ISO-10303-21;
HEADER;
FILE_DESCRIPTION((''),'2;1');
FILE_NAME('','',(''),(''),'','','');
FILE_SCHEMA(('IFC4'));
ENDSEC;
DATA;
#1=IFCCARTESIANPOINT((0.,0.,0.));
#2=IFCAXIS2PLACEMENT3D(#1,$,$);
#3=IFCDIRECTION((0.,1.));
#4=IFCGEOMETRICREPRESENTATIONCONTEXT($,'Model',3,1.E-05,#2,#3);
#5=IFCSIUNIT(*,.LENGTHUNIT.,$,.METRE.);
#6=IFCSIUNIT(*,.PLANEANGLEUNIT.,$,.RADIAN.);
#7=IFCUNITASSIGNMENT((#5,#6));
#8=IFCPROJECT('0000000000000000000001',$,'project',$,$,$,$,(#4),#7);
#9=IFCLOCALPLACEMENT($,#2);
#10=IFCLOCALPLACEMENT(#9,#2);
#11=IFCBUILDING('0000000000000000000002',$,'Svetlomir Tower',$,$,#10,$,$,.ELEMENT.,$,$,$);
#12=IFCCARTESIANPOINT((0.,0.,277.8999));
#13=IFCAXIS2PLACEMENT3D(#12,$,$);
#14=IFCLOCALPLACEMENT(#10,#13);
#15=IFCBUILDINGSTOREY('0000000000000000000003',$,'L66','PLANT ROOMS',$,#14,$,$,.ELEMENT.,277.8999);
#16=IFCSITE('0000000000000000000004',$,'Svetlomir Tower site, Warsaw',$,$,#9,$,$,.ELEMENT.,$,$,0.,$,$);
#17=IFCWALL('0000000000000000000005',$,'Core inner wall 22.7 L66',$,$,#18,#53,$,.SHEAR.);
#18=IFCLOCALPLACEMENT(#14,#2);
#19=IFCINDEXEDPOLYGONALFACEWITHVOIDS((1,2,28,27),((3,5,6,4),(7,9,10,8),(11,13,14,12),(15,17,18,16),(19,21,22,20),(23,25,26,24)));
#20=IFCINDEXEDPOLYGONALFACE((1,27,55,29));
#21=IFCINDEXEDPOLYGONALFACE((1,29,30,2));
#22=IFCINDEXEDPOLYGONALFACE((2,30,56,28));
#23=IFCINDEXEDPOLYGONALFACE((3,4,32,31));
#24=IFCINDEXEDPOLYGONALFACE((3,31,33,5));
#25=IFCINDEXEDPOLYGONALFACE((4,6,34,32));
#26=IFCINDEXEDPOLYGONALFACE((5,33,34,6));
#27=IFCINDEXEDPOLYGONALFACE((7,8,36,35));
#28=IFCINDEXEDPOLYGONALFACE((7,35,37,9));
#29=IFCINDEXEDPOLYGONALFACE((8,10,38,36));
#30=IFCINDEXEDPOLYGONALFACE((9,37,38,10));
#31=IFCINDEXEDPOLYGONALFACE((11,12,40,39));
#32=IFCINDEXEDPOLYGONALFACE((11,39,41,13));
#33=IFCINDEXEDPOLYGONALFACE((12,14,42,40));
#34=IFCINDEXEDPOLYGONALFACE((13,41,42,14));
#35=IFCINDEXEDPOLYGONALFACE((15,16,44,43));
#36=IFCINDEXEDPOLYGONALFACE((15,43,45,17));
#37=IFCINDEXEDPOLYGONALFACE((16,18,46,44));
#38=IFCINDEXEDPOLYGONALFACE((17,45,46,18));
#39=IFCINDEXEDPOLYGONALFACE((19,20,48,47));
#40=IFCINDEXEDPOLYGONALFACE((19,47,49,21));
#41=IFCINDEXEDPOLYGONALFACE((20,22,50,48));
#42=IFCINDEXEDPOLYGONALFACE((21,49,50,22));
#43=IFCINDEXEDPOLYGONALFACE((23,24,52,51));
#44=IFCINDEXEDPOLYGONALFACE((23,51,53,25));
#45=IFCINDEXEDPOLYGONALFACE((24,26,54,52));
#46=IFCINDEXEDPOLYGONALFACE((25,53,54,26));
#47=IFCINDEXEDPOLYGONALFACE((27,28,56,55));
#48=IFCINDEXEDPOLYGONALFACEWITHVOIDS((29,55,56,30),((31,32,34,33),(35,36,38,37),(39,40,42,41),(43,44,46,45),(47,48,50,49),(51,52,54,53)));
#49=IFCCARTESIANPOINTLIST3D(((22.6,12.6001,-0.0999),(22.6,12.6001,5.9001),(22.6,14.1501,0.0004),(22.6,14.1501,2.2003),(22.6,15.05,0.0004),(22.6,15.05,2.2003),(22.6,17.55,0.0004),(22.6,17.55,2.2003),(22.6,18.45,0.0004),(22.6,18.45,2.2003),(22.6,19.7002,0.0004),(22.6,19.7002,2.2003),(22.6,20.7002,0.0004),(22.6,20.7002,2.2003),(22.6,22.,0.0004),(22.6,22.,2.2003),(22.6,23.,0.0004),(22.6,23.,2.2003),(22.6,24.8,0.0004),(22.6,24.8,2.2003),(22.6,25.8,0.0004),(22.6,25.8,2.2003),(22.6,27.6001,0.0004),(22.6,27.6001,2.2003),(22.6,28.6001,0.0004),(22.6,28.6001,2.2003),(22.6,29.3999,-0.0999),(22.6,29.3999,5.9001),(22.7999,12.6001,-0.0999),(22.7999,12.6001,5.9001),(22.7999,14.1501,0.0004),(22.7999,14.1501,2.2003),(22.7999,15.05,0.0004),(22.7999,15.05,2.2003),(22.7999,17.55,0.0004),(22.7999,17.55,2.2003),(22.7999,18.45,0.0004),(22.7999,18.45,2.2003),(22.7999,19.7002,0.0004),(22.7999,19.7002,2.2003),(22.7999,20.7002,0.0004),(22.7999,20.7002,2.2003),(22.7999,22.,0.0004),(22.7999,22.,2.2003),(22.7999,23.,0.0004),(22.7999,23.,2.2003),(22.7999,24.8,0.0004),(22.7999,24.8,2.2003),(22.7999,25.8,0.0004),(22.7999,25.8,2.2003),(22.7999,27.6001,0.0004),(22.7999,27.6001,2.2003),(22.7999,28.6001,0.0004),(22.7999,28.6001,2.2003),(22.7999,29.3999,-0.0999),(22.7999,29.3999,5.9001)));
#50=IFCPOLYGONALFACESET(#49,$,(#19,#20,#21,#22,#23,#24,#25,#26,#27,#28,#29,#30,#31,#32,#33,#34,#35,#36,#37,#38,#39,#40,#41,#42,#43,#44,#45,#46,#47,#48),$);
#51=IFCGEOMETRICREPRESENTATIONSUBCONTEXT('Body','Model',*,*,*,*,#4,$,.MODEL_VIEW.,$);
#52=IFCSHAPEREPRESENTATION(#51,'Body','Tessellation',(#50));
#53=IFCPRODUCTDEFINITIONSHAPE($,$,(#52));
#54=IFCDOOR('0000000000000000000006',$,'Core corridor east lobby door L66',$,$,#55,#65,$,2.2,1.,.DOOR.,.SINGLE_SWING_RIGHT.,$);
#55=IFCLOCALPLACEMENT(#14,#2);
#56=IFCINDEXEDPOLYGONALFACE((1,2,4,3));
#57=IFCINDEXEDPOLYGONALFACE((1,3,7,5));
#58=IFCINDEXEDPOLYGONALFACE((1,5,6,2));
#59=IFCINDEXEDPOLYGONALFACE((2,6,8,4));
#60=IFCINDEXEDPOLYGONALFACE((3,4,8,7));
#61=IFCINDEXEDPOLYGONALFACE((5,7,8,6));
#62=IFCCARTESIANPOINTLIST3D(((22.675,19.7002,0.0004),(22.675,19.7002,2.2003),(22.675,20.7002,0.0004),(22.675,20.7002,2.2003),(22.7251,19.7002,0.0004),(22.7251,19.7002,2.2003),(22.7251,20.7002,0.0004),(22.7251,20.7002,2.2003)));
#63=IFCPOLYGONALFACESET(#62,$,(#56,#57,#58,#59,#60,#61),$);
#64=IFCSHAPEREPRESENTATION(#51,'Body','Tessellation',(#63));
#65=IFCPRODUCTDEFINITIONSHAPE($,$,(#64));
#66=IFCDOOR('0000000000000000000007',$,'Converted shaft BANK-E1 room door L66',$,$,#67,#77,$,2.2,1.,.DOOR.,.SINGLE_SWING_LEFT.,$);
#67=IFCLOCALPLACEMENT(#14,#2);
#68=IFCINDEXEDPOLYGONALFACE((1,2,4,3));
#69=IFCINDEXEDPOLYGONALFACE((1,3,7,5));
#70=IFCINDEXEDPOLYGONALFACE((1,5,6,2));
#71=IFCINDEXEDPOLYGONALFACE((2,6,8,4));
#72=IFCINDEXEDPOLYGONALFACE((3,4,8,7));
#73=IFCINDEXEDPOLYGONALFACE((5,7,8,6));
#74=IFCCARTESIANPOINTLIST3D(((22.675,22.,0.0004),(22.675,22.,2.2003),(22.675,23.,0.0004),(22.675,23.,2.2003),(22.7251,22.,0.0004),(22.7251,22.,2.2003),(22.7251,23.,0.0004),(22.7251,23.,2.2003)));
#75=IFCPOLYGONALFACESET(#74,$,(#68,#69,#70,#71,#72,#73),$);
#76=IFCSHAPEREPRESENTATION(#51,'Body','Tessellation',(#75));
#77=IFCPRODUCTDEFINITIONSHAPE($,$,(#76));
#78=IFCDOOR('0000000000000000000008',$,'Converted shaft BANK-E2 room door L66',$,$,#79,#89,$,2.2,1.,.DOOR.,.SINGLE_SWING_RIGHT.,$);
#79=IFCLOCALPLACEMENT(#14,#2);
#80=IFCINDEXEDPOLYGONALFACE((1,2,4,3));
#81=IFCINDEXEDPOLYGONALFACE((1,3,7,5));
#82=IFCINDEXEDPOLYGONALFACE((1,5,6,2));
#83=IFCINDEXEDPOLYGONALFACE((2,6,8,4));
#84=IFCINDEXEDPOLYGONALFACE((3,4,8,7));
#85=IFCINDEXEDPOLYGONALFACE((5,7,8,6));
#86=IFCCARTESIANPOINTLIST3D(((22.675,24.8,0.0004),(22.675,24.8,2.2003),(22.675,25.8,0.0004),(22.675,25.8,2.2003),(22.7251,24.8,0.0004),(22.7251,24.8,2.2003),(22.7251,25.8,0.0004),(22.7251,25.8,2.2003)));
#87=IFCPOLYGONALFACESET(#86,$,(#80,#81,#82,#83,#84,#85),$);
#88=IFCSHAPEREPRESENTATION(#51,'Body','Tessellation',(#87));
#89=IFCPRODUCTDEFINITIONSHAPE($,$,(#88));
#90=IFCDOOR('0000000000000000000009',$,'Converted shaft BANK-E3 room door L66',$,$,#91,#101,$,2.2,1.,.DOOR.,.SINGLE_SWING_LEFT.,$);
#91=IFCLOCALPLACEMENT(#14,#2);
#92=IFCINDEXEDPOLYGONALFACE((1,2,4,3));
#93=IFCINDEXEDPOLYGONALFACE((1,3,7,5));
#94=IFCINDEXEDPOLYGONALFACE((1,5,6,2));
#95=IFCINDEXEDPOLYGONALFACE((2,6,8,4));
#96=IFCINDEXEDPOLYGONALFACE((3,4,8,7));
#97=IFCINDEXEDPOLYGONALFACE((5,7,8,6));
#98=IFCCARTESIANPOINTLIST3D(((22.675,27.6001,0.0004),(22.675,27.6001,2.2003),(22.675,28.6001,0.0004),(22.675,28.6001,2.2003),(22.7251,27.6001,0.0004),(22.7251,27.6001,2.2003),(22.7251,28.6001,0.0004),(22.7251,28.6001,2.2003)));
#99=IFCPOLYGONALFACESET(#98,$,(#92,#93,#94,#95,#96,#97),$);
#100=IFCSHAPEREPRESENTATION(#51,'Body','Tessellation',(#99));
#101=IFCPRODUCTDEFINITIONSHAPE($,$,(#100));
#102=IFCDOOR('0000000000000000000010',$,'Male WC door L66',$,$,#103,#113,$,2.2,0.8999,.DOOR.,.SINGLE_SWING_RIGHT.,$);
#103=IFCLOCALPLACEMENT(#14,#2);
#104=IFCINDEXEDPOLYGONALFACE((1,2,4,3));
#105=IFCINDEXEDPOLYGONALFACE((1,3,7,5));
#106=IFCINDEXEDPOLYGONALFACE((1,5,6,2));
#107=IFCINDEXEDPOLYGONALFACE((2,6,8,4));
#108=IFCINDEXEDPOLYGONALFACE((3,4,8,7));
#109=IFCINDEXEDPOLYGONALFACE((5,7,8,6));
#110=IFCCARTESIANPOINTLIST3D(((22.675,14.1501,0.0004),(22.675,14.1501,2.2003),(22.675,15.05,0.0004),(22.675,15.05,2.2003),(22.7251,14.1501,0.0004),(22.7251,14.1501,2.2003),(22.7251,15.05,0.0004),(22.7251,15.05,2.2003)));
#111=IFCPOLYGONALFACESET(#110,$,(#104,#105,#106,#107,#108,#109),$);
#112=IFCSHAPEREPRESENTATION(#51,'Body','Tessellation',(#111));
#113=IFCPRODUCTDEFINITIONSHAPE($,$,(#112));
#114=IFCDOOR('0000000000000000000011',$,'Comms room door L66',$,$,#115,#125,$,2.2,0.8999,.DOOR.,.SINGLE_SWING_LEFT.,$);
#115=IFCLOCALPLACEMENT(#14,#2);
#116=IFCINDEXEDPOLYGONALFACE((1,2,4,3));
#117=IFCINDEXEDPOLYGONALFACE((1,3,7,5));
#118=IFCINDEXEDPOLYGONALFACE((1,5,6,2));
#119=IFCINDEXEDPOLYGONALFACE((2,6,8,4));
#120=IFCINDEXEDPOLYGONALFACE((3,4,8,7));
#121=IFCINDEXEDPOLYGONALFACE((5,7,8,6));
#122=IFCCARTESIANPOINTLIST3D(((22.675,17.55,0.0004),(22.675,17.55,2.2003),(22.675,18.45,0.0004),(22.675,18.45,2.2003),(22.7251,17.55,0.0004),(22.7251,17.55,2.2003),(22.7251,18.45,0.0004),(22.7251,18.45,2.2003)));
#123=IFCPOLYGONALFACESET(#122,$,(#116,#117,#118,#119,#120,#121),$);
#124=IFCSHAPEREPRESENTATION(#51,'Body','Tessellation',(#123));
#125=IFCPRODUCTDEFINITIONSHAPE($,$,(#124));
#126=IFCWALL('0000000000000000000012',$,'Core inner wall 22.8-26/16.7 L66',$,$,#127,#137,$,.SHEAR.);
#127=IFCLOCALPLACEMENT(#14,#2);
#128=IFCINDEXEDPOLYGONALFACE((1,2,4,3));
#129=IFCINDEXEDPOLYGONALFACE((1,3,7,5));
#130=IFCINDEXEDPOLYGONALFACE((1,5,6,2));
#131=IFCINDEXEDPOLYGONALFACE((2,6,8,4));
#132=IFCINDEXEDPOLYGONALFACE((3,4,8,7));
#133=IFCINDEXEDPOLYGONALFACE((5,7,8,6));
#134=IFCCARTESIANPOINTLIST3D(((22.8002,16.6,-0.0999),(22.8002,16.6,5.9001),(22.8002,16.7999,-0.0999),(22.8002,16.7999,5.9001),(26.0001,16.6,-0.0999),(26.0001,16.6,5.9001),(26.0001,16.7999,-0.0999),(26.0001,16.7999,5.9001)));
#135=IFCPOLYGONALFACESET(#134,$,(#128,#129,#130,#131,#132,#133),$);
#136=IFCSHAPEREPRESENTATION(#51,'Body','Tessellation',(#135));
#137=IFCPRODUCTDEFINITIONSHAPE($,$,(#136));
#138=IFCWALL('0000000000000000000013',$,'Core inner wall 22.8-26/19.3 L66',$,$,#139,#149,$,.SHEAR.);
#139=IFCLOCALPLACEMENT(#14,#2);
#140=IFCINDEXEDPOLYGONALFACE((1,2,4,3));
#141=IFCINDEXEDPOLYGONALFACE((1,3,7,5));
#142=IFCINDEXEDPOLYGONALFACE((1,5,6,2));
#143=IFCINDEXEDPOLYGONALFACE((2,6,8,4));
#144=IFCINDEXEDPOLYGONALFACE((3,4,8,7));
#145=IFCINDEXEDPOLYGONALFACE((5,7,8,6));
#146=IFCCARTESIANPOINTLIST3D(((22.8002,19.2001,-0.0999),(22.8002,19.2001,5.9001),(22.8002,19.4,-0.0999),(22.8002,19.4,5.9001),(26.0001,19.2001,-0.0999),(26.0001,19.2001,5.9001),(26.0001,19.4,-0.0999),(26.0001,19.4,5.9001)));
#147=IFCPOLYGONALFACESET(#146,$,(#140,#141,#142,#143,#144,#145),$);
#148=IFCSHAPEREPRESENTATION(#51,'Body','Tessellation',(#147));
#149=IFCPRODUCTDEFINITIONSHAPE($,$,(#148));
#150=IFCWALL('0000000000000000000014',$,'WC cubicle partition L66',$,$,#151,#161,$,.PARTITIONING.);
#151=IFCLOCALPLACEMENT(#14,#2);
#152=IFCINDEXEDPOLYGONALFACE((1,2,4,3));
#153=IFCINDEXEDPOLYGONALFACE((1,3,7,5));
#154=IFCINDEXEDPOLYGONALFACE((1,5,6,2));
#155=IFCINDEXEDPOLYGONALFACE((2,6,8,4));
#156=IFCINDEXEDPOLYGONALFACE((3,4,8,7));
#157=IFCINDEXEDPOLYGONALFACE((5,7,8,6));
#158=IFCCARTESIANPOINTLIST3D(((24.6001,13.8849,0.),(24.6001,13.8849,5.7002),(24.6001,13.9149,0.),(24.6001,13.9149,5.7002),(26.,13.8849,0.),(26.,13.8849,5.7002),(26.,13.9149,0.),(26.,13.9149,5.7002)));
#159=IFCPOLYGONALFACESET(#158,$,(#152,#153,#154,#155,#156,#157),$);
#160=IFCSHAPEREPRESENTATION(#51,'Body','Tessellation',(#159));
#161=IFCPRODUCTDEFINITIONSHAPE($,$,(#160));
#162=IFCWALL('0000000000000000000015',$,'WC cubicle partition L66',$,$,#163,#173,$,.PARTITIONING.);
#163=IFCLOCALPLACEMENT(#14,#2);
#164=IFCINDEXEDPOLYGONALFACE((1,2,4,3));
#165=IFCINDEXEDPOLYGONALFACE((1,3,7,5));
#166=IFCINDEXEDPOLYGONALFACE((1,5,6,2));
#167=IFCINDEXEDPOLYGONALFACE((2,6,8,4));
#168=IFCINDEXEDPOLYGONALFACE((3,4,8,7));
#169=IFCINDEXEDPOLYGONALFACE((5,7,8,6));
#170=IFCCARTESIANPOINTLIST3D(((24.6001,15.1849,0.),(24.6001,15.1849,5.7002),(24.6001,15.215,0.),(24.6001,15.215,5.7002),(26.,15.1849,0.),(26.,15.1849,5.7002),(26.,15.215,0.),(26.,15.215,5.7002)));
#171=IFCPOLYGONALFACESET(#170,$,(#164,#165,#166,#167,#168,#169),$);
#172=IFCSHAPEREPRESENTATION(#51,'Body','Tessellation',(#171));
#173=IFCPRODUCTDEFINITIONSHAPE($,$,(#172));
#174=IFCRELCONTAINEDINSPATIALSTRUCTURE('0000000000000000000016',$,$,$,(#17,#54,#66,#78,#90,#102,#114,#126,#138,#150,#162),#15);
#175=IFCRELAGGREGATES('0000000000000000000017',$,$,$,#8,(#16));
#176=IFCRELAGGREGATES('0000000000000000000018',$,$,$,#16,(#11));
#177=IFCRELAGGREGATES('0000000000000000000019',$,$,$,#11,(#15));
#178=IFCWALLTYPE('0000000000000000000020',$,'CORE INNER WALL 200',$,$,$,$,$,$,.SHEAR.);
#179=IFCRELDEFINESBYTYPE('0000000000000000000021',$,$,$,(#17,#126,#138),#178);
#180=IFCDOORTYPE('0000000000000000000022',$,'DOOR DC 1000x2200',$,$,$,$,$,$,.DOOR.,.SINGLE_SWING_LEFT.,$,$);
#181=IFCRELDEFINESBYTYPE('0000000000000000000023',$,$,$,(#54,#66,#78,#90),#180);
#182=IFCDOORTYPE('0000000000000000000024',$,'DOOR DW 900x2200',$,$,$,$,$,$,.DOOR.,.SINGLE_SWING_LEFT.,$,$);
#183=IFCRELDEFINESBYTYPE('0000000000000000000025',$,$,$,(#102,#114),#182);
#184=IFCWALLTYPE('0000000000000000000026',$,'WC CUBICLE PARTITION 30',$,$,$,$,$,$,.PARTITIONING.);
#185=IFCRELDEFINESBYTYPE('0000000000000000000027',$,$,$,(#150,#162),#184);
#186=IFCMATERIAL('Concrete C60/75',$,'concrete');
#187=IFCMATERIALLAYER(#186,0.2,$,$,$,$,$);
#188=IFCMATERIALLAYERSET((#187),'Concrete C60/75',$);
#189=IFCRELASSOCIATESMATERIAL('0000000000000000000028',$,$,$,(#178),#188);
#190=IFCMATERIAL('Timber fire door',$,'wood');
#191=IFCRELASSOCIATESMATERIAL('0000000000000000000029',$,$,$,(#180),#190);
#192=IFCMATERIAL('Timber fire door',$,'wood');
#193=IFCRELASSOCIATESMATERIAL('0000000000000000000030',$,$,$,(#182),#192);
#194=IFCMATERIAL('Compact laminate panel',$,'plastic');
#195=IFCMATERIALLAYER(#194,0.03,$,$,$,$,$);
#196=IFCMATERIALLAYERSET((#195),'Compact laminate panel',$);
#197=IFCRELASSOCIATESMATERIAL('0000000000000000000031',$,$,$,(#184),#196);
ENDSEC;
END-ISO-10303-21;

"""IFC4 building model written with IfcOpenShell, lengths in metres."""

from ifc_helpers import new_model, si_unit, direction, frame, frame_2d, origin, place, context, subcontext, project, spatial, rectangle, extrude, material, layer, layer_set, type_object, element, fill, save


model = new_model("IFC4")

# Units and contexts
model_context = context("Model", 3, precision=1e-05, world=origin(), true_north=direction((0.0, 1.0)))
body_context = subcontext(model_context, "Body", "Model", "MODEL_VIEW")
ifc_project = project(units=[si_unit("LENGTHUNIT", "METRE"), si_unit("PLANEANGLEUNIT", "RADIAN")], contexts=[model_context])

# Site, building, storey
site_placement = place(None, origin())
site = spatial("IfcSite", under=ifc_project, at=site_placement, Name="Svetlomir Tower site, Warsaw", CompositionType="ELEMENT", RefElevation=0.0)
building_placement = place(site_placement, origin())
building = spatial("IfcBuilding", under=site, at=building_placement, Name="Svetlomir Tower", CompositionType="ELEMENT")
storey_placement = place(building_placement, frame((0.0, 0.0, 277.8999)))
storey = spatial("IfcBuildingStorey", under=building, at=storey_placement, Name="L66", Description="PLANT ROOMS", CompositionType="ELEMENT", Elevation=277.8999)

# Wall, openings, doors
ifc_material_1 = material(Name="Concrete C60/75", Category="concrete")
ifc_layer_1 = layer(ifc_material_1, 0.2)
ifc_layer_set_1 = layer_set([ifc_layer_1], Name="Concrete C60/75")
wall_type_1 = type_object("IfcWallType", Name="CORE INNER WALL 200", PredefinedType="SHEAR", material=ifc_layer_set_1)
ifc_material_2 = material(Name="Timber fire door", Category="wood")
door_type_1 = type_object("IfcDoorType", Name="DOOR DC 1000x2200", OperationType="SINGLE_SWING_LEFT", PredefinedType="DOOR", material=ifc_material_2)
ifc_material_3 = material(Name="Timber fire door", Category="wood")
door_type_2 = type_object("IfcDoorType", Name="DOOR DW 900x2200", OperationType="SINGLE_SWING_LEFT", PredefinedType="DOOR", material=ifc_material_3)
wall_1_placement = place(storey_placement, frame((22.7, 12.6001, -0.0999), z_axis=(0.0, 0.0, 1.0), x_axis=(0.0, 1.0, 0.0)))
wall_1 = element("IfcWall", 1, at=wall_1_placement, inside=storey, type_object=wall_type_1, Name="Core inner wall 22.7 L66", PredefinedType="SHEAR", context=body_context, shape_type="SweptSolid", body=[
    extrude(rectangle(XDim=16.7998, YDim=0.2, at=frame_2d((8.3999, 0.0))), origin(), (0.0, 0.0, 1.0), 6.0),
])
opening_1_placement = place(wall_1_placement, frame((7.1001, 0.0, 0.1001)))
opening_1 = element("IfcOpeningElement", 2, at=opening_1_placement, cuts=wall_1, PredefinedType="OPENING", context=body_context, shape_type="SweptSolid", body=[
    extrude(rectangle(XDim=1.0, YDim=2.2, at=frame_2d((0.5, 1.1001))), frame((0.0, 0.1099, 0.0), z_axis=(0.0, -1.0, 0.0), x_axis=(1.0, 0.0, 0.0)), (0.0, 0.0, 1.0), 0.22),
])
opening_2_placement = place(wall_1_placement, frame((1.55, 0.0, 0.1001)))
opening_2 = element("IfcOpeningElement", 3, at=opening_2_placement, cuts=wall_1, PredefinedType="OPENING", context=body_context, shape_type="SweptSolid", body=[
    extrude(rectangle(XDim=0.8999, YDim=2.2, at=frame_2d((0.45, 1.1001))), frame((0.0, 0.1099, 0.0), z_axis=(0.0, -1.0, 0.0), x_axis=(1.0, 0.0, 0.0)), (0.0, 0.0, 1.0), 0.22),
])
opening_3_placement = place(wall_1_placement, frame((4.95, 0.0, 0.1001)))
opening_3 = element("IfcOpeningElement", 4, at=opening_3_placement, cuts=wall_1, PredefinedType="OPENING", context=body_context, shape_type="SweptSolid", body=[
    extrude(rectangle(XDim=0.8999, YDim=2.2, at=frame_2d((0.45, 1.1001))), frame((0.0, 0.1099, 0.0), z_axis=(0.0, -1.0, 0.0), x_axis=(1.0, 0.0, 0.0)), (0.0, 0.0, 1.0), 0.22),
])
opening_4_placement = place(wall_1_placement, frame((9.3999, 0.0, 0.1001)))
opening_4 = element("IfcOpeningElement", 5, at=opening_4_placement, cuts=wall_1, PredefinedType="OPENING", context=body_context, shape_type="SweptSolid", body=[
    extrude(rectangle(XDim=1.0, YDim=2.2, at=frame_2d((0.5, 1.1001))), frame((0.0, 0.1099, 0.0), z_axis=(0.0, -1.0, 0.0), x_axis=(1.0, 0.0, 0.0)), (0.0, 0.0, 1.0), 0.22),
])
opening_5_placement = place(wall_1_placement, frame((12.2, 0.0, 0.1001)))
opening_5 = element("IfcOpeningElement", 6, at=opening_5_placement, cuts=wall_1, PredefinedType="OPENING", context=body_context, shape_type="SweptSolid", body=[
    extrude(rectangle(XDim=1.0, YDim=2.2, at=frame_2d((0.5, 1.1001))), frame((0.0, 0.1099, 0.0), z_axis=(0.0, -1.0, 0.0), x_axis=(1.0, 0.0, 0.0)), (0.0, 0.0, 1.0), 0.22),
])
opening_6_placement = place(wall_1_placement, frame((15.0, 0.0, 0.1001)))
opening_6 = element("IfcOpeningElement", 7, at=opening_6_placement, cuts=wall_1, PredefinedType="OPENING", context=body_context, shape_type="SweptSolid", body=[
    extrude(rectangle(XDim=1.0, YDim=2.2, at=frame_2d((0.5, 1.1001))), frame((0.0, 0.1099, 0.0), z_axis=(0.0, -1.0, 0.0), x_axis=(1.0, 0.0, 0.0)), (0.0, 0.0, 1.0), 0.22),
])
door_1_placement = place(opening_1_placement, origin())
door_1 = element("IfcDoor", 8, at=door_1_placement, inside=storey, type_object=door_type_1, Name="Core corridor east lobby door L66", OperationType="SINGLE_SWING_RIGHT", OverallHeight=2.2, OverallWidth=1.0, PredefinedType="DOOR", context=body_context, shape_type="SweptSolid", body=[
    extrude(rectangle(XDim=1.0, YDim=2.2, at=frame_2d((0.5, 1.1001))), frame((0.0, 0.0249, 0.0), z_axis=(0.0, -1.0, 0.0), x_axis=(1.0, 0.0, 0.0)), (0.0, 0.0, 1.0), 0.05),
])
fill(opening_1, door_1)
door_2_placement = place(opening_4_placement, origin())
door_2 = element("IfcDoor", 9, at=door_2_placement, inside=storey, type_object=door_type_1, Name="Converted shaft BANK-E1 room door L66", OperationType="SINGLE_SWING_LEFT", OverallHeight=2.2, OverallWidth=1.0, PredefinedType="DOOR", context=body_context, shape_type="SweptSolid", body=[
    extrude(rectangle(XDim=1.0, YDim=2.2, at=frame_2d((0.5, 1.1001))), frame((0.0, 0.0249, 0.0), z_axis=(0.0, -1.0, 0.0), x_axis=(1.0, 0.0, 0.0)), (0.0, 0.0, 1.0), 0.05),
])
fill(opening_4, door_2)
door_3_placement = place(opening_5_placement, origin())
door_3 = element("IfcDoor", 10, at=door_3_placement, inside=storey, type_object=door_type_1, Name="Converted shaft BANK-E2 room door L66", OperationType="SINGLE_SWING_RIGHT", OverallHeight=2.2, OverallWidth=1.0, PredefinedType="DOOR", context=body_context, shape_type="SweptSolid", body=[
    extrude(rectangle(XDim=1.0, YDim=2.2, at=frame_2d((0.5, 1.1001))), frame((0.0, 0.0249, 0.0), z_axis=(0.0, -1.0, 0.0), x_axis=(1.0, 0.0, 0.0)), (0.0, 0.0, 1.0), 0.05),
])
fill(opening_5, door_3)
door_4_placement = place(opening_6_placement, origin())
door_4 = element("IfcDoor", 11, at=door_4_placement, inside=storey, type_object=door_type_1, Name="Converted shaft BANK-E3 room door L66", OperationType="SINGLE_SWING_LEFT", OverallHeight=2.2, OverallWidth=1.0, PredefinedType="DOOR", context=body_context, shape_type="SweptSolid", body=[
    extrude(rectangle(XDim=1.0, YDim=2.2, at=frame_2d((0.5, 1.1001))), frame((0.0, 0.0249, 0.0), z_axis=(0.0, -1.0, 0.0), x_axis=(1.0, 0.0, 0.0)), (0.0, 0.0, 1.0), 0.05),
])
fill(opening_6, door_4)
door_5_placement = place(opening_2_placement, origin())
door_5 = element("IfcDoor", 12, at=door_5_placement, inside=storey, type_object=door_type_2, Name="Male WC door L66", OperationType="SINGLE_SWING_RIGHT", OverallHeight=2.2, OverallWidth=0.8999, PredefinedType="DOOR", context=body_context, shape_type="SweptSolid", body=[
    extrude(rectangle(XDim=0.8999, YDim=2.2, at=frame_2d((0.45, 1.1001))), frame((0.0, 0.0249, 0.0), z_axis=(0.0, -1.0, 0.0), x_axis=(1.0, 0.0, 0.0)), (0.0, 0.0, 1.0), 0.05),
])
fill(opening_2, door_5)
door_6_placement = place(opening_3_placement, origin())
door_6 = element("IfcDoor", 13, at=door_6_placement, inside=storey, type_object=door_type_2, Name="Comms room door L66", OperationType="SINGLE_SWING_LEFT", OverallHeight=2.2, OverallWidth=0.8999, PredefinedType="DOOR", context=body_context, shape_type="SweptSolid", body=[
    extrude(rectangle(XDim=0.8999, YDim=2.2, at=frame_2d((0.45, 1.1001))), frame((0.0, 0.0249, 0.0), z_axis=(0.0, -1.0, 0.0), x_axis=(1.0, 0.0, 0.0)), (0.0, 0.0, 1.0), 0.05),
])
fill(opening_3, door_6)

# Walls
for number, where, z_axis, x_axis, name in (
    (14, (22.8, 16.7, -0.0999), (0.0, 0.0, 1.0), (1.0, 0.0, 0.0), "Core inner wall 22.8-26/16.7 L66"),
    (15, (22.8, 19.3, -0.0999), (0.0, 0.0, 1.0), (1.0, 0.0, 0.0), "Core inner wall 22.8-26/19.3 L66"),
):
    element("IfcWall", number, at=place(storey_placement, frame(where, z_axis=z_axis, x_axis=x_axis)), inside=storey, type_object=wall_type_1, Name=name, PredefinedType="SHEAR", context=body_context, shape_type="SweptSolid", body=[
        extrude(rectangle(XDim=3.2, YDim=0.2, at=frame_2d((1.6001, 0.0))), origin(), (0.0, 0.0, 1.0), 6.0),
    ])
ifc_material_4 = material(Name="Compact laminate panel", Category="plastic")
ifc_layer_2 = layer(ifc_material_4, 0.03)
ifc_layer_set_2 = layer_set([ifc_layer_2], Name="Compact laminate panel")
wall_type_2 = type_object("IfcWallType", Name="WC CUBICLE PARTITION 30", PredefinedType="PARTITIONING", material=ifc_layer_set_2)
for number, where, z_axis, x_axis, name in (
    (16, (24.6001, 13.8999, 0.0), (0.0, 0.0, 1.0), (1.0, 0.0, 0.0), "WC cubicle partition L66"),
    (17, (24.6001, 15.2, 0.0), (0.0, 0.0, 1.0), (1.0, 0.0, 0.0), "WC cubicle partition L66"),
):
    element("IfcWall", number, at=place(storey_placement, frame(where, z_axis=z_axis, x_axis=x_axis)), inside=storey, type_object=wall_type_2, Name=name, PredefinedType="PARTITIONING", context=body_context, shape_type="SweptSolid", body=[
        extrude(rectangle(XDim=1.3999, YDim=0.03, at=frame_2d((0.7, 0.0))), origin(), (0.0, 0.0, 1.0), 5.7002),
    ])

save(model, "model.ifc")
